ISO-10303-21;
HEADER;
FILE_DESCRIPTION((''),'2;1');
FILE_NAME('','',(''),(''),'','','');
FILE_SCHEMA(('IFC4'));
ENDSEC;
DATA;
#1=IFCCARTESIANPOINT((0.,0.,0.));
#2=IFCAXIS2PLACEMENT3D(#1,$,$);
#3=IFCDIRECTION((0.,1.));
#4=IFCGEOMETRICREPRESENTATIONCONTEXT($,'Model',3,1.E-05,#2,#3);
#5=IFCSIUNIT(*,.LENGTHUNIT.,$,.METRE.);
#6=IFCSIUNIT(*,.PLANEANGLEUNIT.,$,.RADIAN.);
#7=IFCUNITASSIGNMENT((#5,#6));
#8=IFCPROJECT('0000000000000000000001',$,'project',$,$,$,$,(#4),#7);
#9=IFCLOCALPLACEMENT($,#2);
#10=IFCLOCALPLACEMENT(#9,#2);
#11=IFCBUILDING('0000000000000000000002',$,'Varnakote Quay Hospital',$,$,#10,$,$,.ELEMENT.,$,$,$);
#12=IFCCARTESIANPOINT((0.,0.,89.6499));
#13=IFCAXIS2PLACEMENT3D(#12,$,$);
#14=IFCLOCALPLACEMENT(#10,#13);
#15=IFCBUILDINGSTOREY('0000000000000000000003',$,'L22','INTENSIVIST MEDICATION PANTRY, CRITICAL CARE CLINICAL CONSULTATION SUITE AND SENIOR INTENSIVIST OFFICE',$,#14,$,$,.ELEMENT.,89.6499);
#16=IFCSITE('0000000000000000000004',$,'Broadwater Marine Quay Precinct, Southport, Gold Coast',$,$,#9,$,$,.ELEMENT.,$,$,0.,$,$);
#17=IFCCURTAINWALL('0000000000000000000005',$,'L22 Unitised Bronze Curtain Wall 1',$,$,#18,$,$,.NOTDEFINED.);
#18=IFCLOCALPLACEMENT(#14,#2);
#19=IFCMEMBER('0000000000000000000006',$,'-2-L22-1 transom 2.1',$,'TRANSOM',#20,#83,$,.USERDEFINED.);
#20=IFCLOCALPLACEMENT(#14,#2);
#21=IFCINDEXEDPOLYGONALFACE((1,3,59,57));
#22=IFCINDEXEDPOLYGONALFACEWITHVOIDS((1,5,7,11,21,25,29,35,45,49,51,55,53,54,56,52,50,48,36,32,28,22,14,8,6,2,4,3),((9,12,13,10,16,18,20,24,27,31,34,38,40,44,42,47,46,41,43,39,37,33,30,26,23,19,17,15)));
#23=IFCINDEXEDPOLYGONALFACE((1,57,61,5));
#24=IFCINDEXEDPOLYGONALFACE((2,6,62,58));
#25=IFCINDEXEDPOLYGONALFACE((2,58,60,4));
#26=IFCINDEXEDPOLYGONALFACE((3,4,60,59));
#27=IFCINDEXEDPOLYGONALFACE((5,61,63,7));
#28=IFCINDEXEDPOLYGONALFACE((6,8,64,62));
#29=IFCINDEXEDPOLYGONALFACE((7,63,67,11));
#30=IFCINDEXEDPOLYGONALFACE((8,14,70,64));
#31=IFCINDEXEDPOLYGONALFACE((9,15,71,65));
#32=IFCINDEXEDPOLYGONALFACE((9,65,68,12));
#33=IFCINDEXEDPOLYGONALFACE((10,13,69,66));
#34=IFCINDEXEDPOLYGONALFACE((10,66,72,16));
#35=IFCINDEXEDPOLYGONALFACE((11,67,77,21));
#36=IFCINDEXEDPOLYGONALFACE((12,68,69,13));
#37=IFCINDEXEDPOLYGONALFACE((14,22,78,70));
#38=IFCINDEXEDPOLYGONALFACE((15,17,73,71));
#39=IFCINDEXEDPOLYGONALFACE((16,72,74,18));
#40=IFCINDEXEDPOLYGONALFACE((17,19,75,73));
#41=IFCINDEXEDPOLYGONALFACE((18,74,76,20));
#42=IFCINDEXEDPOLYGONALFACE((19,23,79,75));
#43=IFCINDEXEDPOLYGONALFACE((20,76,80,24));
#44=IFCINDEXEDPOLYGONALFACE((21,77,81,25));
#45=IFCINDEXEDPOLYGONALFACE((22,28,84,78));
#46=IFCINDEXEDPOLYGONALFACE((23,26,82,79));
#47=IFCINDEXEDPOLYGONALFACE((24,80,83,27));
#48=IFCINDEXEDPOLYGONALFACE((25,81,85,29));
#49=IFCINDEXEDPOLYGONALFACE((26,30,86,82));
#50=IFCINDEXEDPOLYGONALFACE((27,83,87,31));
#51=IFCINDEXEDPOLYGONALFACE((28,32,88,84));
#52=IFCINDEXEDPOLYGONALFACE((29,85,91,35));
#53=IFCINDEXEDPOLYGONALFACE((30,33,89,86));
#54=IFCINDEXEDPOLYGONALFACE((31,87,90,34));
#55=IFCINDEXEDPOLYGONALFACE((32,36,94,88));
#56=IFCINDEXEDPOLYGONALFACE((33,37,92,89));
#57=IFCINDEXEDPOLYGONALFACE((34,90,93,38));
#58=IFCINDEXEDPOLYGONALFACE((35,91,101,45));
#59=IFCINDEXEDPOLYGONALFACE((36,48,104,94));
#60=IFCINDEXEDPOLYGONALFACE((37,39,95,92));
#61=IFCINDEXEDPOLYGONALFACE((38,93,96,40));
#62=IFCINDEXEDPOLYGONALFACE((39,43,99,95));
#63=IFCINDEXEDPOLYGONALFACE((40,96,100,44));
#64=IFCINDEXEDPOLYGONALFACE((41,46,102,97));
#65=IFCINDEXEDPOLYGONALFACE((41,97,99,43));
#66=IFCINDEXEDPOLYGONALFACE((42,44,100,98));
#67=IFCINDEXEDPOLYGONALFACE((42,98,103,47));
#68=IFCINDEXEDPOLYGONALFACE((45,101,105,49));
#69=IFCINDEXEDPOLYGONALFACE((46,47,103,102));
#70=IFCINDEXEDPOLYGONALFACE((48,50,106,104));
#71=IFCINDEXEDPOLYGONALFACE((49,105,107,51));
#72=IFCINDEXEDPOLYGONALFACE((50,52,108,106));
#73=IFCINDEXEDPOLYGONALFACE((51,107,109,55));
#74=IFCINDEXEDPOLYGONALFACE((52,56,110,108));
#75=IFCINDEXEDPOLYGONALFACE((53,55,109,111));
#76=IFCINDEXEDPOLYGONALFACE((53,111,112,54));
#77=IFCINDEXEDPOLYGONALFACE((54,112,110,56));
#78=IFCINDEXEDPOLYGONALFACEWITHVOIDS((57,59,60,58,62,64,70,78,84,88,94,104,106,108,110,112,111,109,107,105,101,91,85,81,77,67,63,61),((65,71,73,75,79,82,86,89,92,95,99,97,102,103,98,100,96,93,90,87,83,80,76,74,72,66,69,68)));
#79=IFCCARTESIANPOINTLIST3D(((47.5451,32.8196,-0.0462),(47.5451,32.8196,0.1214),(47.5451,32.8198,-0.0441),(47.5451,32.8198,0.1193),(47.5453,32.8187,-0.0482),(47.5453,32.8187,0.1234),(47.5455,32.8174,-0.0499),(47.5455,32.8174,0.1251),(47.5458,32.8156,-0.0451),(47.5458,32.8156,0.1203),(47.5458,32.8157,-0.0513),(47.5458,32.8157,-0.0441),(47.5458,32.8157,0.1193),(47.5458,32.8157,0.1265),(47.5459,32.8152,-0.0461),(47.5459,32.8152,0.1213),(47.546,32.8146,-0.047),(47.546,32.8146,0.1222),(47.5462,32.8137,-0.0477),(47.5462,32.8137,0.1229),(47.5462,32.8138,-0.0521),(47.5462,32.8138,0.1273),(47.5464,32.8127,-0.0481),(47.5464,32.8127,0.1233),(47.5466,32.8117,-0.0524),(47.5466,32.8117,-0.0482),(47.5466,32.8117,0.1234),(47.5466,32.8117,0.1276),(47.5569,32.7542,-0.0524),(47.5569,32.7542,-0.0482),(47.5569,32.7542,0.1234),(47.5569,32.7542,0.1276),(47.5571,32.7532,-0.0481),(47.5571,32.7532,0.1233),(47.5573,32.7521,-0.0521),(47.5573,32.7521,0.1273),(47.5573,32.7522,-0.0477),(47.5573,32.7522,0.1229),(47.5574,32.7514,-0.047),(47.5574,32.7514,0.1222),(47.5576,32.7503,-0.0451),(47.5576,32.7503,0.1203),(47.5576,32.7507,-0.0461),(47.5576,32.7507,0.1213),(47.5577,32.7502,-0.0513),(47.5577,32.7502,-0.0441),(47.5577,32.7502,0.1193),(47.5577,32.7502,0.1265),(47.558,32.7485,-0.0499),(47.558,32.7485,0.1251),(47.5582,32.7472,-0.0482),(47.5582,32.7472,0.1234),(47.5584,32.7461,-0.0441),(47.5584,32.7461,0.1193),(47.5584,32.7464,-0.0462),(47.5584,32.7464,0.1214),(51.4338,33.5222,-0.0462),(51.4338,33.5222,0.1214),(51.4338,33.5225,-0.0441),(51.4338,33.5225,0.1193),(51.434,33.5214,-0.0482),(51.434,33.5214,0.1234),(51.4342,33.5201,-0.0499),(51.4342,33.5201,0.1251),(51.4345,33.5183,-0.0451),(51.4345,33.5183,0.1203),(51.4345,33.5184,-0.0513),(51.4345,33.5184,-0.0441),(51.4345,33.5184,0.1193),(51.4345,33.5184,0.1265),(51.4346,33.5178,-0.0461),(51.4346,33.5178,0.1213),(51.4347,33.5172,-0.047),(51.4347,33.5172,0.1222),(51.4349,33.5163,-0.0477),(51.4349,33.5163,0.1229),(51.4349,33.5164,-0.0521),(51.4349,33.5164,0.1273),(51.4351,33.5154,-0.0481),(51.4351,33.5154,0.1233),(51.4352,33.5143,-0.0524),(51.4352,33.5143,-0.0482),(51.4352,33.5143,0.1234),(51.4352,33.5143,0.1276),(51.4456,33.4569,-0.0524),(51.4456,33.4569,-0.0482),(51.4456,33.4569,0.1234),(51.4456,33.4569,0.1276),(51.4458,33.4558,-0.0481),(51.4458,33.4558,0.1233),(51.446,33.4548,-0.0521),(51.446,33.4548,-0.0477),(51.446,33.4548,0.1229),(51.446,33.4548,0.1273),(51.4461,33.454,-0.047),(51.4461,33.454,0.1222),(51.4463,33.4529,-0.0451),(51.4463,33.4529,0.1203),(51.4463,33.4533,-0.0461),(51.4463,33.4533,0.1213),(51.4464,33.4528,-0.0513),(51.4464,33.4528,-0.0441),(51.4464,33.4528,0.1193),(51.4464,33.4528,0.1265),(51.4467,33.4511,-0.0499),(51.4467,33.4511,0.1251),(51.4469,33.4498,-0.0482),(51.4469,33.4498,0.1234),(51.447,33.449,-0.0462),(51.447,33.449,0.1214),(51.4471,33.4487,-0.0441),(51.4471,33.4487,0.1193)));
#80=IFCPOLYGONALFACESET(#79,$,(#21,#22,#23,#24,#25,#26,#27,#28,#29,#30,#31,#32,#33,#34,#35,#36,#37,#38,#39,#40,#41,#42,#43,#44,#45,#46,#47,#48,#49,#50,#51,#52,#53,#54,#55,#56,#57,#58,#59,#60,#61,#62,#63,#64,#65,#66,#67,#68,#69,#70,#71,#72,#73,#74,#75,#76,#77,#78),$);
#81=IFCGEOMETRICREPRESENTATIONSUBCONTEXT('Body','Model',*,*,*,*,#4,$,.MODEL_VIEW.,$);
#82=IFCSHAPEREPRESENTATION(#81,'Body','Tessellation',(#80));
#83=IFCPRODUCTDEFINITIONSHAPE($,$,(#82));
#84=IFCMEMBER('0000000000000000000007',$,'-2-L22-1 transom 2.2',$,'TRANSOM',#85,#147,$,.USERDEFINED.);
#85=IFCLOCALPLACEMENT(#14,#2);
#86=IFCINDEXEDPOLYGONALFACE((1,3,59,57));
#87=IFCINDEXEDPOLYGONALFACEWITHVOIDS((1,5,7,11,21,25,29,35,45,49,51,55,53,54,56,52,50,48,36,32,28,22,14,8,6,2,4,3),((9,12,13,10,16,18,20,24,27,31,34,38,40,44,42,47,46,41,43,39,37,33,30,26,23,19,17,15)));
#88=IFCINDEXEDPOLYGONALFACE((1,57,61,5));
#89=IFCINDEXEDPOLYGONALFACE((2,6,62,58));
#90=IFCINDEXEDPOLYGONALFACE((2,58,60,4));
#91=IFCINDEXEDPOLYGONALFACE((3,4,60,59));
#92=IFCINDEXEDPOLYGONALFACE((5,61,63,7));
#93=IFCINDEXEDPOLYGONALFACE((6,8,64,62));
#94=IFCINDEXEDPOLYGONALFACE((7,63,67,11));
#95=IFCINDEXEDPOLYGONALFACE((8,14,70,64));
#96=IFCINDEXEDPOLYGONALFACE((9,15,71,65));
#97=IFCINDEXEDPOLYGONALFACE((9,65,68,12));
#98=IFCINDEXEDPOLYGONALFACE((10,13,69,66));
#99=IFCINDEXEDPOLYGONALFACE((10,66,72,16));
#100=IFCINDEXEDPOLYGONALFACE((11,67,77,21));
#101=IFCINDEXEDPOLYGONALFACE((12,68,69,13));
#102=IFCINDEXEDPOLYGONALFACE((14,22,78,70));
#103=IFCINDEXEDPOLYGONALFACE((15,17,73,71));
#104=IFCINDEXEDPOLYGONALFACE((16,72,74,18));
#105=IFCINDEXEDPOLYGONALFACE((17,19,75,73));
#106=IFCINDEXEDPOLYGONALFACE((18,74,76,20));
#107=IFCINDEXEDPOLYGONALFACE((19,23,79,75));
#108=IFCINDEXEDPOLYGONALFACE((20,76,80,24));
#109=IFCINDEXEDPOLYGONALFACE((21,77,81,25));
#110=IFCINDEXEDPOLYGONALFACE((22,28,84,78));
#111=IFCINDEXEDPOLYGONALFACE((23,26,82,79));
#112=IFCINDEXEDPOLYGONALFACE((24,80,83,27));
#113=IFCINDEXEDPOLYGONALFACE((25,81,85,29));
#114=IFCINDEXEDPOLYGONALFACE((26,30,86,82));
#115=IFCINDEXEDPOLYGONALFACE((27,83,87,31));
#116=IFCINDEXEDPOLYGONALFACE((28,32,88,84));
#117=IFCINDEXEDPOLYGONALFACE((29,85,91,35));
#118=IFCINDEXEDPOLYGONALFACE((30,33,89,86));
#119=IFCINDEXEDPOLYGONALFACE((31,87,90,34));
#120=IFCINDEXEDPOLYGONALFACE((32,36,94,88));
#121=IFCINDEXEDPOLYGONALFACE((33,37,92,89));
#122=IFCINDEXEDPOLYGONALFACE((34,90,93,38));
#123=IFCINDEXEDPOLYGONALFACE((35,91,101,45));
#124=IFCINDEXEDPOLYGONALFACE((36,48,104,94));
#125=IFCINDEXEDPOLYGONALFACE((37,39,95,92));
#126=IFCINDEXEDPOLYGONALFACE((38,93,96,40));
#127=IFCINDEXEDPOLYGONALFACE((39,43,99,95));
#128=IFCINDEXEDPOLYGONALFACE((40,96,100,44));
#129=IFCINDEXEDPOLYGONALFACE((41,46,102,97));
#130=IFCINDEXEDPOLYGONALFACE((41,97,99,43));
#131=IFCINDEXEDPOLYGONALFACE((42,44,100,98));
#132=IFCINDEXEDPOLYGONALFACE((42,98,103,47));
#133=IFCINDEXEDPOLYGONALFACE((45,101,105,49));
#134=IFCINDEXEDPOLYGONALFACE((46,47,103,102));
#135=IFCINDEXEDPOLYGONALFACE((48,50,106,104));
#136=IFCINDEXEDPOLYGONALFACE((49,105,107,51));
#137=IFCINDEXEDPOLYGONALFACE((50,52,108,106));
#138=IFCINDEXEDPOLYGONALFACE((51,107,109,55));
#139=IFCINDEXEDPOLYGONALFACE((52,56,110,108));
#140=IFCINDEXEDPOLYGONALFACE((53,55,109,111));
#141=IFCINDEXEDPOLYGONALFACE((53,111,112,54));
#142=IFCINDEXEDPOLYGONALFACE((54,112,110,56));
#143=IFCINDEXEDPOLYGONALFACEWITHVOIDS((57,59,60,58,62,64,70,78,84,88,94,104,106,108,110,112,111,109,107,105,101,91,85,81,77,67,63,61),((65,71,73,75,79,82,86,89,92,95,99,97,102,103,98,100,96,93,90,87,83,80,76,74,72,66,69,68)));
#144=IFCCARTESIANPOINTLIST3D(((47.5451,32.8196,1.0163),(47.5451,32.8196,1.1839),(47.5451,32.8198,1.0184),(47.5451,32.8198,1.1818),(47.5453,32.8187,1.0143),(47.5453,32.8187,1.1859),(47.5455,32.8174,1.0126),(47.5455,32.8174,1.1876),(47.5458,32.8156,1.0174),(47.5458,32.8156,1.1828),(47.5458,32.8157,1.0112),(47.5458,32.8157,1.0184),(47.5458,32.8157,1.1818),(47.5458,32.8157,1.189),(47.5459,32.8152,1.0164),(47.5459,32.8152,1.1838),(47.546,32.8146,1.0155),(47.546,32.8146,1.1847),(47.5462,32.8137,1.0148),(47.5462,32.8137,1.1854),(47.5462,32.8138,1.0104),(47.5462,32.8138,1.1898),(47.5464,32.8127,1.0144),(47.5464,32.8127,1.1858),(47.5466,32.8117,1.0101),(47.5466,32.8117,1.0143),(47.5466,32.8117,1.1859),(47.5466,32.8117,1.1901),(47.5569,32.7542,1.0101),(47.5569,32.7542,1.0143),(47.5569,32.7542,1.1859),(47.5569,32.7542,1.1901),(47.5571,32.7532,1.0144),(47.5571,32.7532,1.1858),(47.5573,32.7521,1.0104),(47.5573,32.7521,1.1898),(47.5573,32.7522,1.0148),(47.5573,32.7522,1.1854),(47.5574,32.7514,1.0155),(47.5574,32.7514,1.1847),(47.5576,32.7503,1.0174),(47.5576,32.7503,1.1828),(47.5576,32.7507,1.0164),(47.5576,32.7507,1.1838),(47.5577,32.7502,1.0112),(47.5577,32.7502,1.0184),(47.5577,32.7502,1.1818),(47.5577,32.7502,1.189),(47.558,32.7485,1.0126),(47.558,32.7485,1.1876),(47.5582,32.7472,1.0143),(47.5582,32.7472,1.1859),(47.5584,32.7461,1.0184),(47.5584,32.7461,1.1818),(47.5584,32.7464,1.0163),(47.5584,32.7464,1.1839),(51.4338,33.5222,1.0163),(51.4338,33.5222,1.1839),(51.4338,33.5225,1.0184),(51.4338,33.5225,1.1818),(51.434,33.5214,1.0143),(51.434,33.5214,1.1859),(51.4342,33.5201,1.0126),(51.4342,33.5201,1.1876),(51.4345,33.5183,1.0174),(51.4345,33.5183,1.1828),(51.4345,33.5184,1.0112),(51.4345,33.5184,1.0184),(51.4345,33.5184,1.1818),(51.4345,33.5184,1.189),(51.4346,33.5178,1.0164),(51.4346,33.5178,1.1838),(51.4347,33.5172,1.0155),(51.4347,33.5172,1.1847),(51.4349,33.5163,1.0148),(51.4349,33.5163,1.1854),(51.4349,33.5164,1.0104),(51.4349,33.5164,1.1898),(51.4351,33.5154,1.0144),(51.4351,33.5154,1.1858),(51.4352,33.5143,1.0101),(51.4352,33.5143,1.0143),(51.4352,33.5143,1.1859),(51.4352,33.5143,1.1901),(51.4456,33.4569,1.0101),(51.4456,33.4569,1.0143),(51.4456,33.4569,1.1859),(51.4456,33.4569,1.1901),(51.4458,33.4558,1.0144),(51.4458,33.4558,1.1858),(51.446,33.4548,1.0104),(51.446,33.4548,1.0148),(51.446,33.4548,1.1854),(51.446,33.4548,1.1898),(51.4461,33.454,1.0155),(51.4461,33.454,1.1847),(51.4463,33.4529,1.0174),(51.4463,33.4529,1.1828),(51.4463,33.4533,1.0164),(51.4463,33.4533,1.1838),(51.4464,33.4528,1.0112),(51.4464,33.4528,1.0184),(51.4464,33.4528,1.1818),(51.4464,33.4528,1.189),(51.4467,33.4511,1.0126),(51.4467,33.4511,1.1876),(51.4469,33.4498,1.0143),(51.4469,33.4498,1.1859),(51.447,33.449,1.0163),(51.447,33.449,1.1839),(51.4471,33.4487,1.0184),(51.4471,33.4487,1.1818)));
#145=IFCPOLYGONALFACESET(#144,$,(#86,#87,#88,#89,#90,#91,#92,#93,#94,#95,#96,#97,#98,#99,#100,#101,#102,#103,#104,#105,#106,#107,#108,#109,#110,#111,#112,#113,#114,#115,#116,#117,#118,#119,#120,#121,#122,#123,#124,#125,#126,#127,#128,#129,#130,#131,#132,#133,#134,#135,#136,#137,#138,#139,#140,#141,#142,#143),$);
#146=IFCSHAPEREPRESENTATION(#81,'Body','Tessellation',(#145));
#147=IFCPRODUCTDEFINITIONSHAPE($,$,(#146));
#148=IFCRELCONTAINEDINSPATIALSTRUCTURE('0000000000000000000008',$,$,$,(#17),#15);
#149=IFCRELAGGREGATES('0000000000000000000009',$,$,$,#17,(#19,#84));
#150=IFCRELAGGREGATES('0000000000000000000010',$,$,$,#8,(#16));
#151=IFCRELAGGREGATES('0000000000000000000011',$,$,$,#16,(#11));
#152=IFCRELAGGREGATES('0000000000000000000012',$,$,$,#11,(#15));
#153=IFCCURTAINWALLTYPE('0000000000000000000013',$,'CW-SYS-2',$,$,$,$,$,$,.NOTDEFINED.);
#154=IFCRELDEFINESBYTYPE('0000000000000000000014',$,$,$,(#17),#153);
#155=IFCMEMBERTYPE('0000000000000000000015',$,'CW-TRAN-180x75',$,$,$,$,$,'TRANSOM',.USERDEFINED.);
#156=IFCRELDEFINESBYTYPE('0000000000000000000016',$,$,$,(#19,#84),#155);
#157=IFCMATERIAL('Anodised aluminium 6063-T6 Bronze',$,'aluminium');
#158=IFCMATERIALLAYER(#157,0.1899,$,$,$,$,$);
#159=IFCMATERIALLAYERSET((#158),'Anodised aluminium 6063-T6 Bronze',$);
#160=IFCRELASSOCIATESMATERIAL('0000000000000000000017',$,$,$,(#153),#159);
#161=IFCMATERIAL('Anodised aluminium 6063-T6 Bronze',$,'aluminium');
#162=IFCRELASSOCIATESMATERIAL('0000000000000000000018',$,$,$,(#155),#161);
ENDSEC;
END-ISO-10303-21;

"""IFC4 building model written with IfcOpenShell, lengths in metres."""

from ifc_helpers import new_model, si_unit, direction, frame, origin, origin_2d, place, context, subcontext, project, spatial, hollow_rectangle, extrude, material, layer, layer_set, material_profile, profile_set, type_object, element, aggregate, save


model = new_model("IFC4")

# Units and contexts
model_context = context("Model", 3, precision=1e-05, world=origin(), true_north=direction((0.0, 1.0)))
body_context = subcontext(model_context, "Body", "Model", "MODEL_VIEW")
ifc_project = project(units=[si_unit("LENGTHUNIT", "METRE"), si_unit("PLANEANGLEUNIT", "RADIAN")], contexts=[model_context])

# Site, building, storey
site_placement = place(None, origin())
site = spatial("IfcSite", under=ifc_project, at=site_placement, Name="Broadwater Marine Quay Precinct, Southport, Gold Coast", CompositionType="ELEMENT", RefElevation=0.0)
building_placement = place(site_placement, origin())
building = spatial("IfcBuilding", under=site, at=building_placement, Name="Varnakote Quay Hospital", CompositionType="ELEMENT")
storey_placement = place(building_placement, frame((0.0, 0.0, 89.6499)))
storey = spatial("IfcBuildingStorey", under=building, at=storey_placement, Name="L22", Description="INTENSIVIST MEDICATION PANTRY, CRITICAL CARE CLINICAL CONSULTATION SUITE AND SENIOR INTENSIVIST OFFICE", CompositionType="ELEMENT", Elevation=89.6499)

# Curtain wall, members
ifc_material_1 = material(Name="Anodised aluminium 6063-T6 Bronze", Category="aluminium")
ifc_layer_1 = layer(ifc_material_1, 0.1899)
ifc_layer_set_1 = layer_set([ifc_layer_1], Name="Anodised aluminium 6063-T6 Bronze")
curtain_wall_type = type_object("IfcCurtainWallType", Name="CW-SYS-2", PredefinedType="NOTDEFINED", material=ifc_layer_set_1)
curtain_wall_placement = place(storey_placement, origin())
curtain_wall = element("IfcCurtainWall", 1, at=curtain_wall_placement, inside=storey, type_object=curtain_wall_type, Name="L22 Unitised Bronze Curtain Wall 1", PredefinedType="NOTDEFINED")
ifc_material_2 = material(Name="Anodised aluminium 6063-T6 Bronze", Category="aluminium")
ifc_material_profile_1 = material_profile(ifc_material_2, hollow_rectangle(XDim=0.075, YDim=0.1799, WallThickness=0.0042, InnerFilletRadius=0.0042, OuterFilletRadius=0.0083, at=origin_2d()), Name="CW-TRAN-180x75")
ifc_profile_set_1 = profile_set([ifc_material_profile_1], Name="Anodised aluminium 6063-T6 Bronze")
member_type_1 = type_object("IfcMemberType", Name="CW-TRAN-180x75", ElementType="TRANSOM", PredefinedType="USERDEFINED", material=ifc_profile_set_1)
member_1_placement = place(storey_placement, frame((51.4404, 33.4856, 0.0376), z_axis=(-0.984065, -0.177809, 0.0), x_axis=(0.177809, -0.984065, 0.0)))
member_1 = element("IfcMember", 2, at=member_1_placement, type_object=member_type_1, Name="-2-L22-1 transom 2.1", ObjectType="TRANSOM", PredefinedType="USERDEFINED", context=body_context, shape_type="SweptSolid", body=[
    extrude(hollow_rectangle(XDim=0.075, YDim=0.1799, WallThickness=0.0042, InnerFilletRadius=0.0042, OuterFilletRadius=0.0083, at=origin_2d()), origin(), (0.0, 0.0, 1.0), 3.9517),
])
member_2_placement = place(storey_placement, frame((51.4404, 33.4856, 1.1001), z_axis=(-0.984065, -0.177809, 0.0), x_axis=(0.177809, -0.984065, 0.0)))
member_2 = element("IfcMember", 3, at=member_2_placement, type_object=member_type_1, Name="-2-L22-1 transom 2.2", ObjectType="TRANSOM", PredefinedType="USERDEFINED", context=body_context, shape_type="SweptSolid", body=[
    extrude(hollow_rectangle(XDim=0.075, YDim=0.1799, WallThickness=0.0042, InnerFilletRadius=0.0042, OuterFilletRadius=0.0083, at=origin_2d()), origin(), (0.0, 0.0, 1.0), 3.9517),
])
aggregate(curtain_wall, [member_1, member_2])

save(model, "model.ifc")
